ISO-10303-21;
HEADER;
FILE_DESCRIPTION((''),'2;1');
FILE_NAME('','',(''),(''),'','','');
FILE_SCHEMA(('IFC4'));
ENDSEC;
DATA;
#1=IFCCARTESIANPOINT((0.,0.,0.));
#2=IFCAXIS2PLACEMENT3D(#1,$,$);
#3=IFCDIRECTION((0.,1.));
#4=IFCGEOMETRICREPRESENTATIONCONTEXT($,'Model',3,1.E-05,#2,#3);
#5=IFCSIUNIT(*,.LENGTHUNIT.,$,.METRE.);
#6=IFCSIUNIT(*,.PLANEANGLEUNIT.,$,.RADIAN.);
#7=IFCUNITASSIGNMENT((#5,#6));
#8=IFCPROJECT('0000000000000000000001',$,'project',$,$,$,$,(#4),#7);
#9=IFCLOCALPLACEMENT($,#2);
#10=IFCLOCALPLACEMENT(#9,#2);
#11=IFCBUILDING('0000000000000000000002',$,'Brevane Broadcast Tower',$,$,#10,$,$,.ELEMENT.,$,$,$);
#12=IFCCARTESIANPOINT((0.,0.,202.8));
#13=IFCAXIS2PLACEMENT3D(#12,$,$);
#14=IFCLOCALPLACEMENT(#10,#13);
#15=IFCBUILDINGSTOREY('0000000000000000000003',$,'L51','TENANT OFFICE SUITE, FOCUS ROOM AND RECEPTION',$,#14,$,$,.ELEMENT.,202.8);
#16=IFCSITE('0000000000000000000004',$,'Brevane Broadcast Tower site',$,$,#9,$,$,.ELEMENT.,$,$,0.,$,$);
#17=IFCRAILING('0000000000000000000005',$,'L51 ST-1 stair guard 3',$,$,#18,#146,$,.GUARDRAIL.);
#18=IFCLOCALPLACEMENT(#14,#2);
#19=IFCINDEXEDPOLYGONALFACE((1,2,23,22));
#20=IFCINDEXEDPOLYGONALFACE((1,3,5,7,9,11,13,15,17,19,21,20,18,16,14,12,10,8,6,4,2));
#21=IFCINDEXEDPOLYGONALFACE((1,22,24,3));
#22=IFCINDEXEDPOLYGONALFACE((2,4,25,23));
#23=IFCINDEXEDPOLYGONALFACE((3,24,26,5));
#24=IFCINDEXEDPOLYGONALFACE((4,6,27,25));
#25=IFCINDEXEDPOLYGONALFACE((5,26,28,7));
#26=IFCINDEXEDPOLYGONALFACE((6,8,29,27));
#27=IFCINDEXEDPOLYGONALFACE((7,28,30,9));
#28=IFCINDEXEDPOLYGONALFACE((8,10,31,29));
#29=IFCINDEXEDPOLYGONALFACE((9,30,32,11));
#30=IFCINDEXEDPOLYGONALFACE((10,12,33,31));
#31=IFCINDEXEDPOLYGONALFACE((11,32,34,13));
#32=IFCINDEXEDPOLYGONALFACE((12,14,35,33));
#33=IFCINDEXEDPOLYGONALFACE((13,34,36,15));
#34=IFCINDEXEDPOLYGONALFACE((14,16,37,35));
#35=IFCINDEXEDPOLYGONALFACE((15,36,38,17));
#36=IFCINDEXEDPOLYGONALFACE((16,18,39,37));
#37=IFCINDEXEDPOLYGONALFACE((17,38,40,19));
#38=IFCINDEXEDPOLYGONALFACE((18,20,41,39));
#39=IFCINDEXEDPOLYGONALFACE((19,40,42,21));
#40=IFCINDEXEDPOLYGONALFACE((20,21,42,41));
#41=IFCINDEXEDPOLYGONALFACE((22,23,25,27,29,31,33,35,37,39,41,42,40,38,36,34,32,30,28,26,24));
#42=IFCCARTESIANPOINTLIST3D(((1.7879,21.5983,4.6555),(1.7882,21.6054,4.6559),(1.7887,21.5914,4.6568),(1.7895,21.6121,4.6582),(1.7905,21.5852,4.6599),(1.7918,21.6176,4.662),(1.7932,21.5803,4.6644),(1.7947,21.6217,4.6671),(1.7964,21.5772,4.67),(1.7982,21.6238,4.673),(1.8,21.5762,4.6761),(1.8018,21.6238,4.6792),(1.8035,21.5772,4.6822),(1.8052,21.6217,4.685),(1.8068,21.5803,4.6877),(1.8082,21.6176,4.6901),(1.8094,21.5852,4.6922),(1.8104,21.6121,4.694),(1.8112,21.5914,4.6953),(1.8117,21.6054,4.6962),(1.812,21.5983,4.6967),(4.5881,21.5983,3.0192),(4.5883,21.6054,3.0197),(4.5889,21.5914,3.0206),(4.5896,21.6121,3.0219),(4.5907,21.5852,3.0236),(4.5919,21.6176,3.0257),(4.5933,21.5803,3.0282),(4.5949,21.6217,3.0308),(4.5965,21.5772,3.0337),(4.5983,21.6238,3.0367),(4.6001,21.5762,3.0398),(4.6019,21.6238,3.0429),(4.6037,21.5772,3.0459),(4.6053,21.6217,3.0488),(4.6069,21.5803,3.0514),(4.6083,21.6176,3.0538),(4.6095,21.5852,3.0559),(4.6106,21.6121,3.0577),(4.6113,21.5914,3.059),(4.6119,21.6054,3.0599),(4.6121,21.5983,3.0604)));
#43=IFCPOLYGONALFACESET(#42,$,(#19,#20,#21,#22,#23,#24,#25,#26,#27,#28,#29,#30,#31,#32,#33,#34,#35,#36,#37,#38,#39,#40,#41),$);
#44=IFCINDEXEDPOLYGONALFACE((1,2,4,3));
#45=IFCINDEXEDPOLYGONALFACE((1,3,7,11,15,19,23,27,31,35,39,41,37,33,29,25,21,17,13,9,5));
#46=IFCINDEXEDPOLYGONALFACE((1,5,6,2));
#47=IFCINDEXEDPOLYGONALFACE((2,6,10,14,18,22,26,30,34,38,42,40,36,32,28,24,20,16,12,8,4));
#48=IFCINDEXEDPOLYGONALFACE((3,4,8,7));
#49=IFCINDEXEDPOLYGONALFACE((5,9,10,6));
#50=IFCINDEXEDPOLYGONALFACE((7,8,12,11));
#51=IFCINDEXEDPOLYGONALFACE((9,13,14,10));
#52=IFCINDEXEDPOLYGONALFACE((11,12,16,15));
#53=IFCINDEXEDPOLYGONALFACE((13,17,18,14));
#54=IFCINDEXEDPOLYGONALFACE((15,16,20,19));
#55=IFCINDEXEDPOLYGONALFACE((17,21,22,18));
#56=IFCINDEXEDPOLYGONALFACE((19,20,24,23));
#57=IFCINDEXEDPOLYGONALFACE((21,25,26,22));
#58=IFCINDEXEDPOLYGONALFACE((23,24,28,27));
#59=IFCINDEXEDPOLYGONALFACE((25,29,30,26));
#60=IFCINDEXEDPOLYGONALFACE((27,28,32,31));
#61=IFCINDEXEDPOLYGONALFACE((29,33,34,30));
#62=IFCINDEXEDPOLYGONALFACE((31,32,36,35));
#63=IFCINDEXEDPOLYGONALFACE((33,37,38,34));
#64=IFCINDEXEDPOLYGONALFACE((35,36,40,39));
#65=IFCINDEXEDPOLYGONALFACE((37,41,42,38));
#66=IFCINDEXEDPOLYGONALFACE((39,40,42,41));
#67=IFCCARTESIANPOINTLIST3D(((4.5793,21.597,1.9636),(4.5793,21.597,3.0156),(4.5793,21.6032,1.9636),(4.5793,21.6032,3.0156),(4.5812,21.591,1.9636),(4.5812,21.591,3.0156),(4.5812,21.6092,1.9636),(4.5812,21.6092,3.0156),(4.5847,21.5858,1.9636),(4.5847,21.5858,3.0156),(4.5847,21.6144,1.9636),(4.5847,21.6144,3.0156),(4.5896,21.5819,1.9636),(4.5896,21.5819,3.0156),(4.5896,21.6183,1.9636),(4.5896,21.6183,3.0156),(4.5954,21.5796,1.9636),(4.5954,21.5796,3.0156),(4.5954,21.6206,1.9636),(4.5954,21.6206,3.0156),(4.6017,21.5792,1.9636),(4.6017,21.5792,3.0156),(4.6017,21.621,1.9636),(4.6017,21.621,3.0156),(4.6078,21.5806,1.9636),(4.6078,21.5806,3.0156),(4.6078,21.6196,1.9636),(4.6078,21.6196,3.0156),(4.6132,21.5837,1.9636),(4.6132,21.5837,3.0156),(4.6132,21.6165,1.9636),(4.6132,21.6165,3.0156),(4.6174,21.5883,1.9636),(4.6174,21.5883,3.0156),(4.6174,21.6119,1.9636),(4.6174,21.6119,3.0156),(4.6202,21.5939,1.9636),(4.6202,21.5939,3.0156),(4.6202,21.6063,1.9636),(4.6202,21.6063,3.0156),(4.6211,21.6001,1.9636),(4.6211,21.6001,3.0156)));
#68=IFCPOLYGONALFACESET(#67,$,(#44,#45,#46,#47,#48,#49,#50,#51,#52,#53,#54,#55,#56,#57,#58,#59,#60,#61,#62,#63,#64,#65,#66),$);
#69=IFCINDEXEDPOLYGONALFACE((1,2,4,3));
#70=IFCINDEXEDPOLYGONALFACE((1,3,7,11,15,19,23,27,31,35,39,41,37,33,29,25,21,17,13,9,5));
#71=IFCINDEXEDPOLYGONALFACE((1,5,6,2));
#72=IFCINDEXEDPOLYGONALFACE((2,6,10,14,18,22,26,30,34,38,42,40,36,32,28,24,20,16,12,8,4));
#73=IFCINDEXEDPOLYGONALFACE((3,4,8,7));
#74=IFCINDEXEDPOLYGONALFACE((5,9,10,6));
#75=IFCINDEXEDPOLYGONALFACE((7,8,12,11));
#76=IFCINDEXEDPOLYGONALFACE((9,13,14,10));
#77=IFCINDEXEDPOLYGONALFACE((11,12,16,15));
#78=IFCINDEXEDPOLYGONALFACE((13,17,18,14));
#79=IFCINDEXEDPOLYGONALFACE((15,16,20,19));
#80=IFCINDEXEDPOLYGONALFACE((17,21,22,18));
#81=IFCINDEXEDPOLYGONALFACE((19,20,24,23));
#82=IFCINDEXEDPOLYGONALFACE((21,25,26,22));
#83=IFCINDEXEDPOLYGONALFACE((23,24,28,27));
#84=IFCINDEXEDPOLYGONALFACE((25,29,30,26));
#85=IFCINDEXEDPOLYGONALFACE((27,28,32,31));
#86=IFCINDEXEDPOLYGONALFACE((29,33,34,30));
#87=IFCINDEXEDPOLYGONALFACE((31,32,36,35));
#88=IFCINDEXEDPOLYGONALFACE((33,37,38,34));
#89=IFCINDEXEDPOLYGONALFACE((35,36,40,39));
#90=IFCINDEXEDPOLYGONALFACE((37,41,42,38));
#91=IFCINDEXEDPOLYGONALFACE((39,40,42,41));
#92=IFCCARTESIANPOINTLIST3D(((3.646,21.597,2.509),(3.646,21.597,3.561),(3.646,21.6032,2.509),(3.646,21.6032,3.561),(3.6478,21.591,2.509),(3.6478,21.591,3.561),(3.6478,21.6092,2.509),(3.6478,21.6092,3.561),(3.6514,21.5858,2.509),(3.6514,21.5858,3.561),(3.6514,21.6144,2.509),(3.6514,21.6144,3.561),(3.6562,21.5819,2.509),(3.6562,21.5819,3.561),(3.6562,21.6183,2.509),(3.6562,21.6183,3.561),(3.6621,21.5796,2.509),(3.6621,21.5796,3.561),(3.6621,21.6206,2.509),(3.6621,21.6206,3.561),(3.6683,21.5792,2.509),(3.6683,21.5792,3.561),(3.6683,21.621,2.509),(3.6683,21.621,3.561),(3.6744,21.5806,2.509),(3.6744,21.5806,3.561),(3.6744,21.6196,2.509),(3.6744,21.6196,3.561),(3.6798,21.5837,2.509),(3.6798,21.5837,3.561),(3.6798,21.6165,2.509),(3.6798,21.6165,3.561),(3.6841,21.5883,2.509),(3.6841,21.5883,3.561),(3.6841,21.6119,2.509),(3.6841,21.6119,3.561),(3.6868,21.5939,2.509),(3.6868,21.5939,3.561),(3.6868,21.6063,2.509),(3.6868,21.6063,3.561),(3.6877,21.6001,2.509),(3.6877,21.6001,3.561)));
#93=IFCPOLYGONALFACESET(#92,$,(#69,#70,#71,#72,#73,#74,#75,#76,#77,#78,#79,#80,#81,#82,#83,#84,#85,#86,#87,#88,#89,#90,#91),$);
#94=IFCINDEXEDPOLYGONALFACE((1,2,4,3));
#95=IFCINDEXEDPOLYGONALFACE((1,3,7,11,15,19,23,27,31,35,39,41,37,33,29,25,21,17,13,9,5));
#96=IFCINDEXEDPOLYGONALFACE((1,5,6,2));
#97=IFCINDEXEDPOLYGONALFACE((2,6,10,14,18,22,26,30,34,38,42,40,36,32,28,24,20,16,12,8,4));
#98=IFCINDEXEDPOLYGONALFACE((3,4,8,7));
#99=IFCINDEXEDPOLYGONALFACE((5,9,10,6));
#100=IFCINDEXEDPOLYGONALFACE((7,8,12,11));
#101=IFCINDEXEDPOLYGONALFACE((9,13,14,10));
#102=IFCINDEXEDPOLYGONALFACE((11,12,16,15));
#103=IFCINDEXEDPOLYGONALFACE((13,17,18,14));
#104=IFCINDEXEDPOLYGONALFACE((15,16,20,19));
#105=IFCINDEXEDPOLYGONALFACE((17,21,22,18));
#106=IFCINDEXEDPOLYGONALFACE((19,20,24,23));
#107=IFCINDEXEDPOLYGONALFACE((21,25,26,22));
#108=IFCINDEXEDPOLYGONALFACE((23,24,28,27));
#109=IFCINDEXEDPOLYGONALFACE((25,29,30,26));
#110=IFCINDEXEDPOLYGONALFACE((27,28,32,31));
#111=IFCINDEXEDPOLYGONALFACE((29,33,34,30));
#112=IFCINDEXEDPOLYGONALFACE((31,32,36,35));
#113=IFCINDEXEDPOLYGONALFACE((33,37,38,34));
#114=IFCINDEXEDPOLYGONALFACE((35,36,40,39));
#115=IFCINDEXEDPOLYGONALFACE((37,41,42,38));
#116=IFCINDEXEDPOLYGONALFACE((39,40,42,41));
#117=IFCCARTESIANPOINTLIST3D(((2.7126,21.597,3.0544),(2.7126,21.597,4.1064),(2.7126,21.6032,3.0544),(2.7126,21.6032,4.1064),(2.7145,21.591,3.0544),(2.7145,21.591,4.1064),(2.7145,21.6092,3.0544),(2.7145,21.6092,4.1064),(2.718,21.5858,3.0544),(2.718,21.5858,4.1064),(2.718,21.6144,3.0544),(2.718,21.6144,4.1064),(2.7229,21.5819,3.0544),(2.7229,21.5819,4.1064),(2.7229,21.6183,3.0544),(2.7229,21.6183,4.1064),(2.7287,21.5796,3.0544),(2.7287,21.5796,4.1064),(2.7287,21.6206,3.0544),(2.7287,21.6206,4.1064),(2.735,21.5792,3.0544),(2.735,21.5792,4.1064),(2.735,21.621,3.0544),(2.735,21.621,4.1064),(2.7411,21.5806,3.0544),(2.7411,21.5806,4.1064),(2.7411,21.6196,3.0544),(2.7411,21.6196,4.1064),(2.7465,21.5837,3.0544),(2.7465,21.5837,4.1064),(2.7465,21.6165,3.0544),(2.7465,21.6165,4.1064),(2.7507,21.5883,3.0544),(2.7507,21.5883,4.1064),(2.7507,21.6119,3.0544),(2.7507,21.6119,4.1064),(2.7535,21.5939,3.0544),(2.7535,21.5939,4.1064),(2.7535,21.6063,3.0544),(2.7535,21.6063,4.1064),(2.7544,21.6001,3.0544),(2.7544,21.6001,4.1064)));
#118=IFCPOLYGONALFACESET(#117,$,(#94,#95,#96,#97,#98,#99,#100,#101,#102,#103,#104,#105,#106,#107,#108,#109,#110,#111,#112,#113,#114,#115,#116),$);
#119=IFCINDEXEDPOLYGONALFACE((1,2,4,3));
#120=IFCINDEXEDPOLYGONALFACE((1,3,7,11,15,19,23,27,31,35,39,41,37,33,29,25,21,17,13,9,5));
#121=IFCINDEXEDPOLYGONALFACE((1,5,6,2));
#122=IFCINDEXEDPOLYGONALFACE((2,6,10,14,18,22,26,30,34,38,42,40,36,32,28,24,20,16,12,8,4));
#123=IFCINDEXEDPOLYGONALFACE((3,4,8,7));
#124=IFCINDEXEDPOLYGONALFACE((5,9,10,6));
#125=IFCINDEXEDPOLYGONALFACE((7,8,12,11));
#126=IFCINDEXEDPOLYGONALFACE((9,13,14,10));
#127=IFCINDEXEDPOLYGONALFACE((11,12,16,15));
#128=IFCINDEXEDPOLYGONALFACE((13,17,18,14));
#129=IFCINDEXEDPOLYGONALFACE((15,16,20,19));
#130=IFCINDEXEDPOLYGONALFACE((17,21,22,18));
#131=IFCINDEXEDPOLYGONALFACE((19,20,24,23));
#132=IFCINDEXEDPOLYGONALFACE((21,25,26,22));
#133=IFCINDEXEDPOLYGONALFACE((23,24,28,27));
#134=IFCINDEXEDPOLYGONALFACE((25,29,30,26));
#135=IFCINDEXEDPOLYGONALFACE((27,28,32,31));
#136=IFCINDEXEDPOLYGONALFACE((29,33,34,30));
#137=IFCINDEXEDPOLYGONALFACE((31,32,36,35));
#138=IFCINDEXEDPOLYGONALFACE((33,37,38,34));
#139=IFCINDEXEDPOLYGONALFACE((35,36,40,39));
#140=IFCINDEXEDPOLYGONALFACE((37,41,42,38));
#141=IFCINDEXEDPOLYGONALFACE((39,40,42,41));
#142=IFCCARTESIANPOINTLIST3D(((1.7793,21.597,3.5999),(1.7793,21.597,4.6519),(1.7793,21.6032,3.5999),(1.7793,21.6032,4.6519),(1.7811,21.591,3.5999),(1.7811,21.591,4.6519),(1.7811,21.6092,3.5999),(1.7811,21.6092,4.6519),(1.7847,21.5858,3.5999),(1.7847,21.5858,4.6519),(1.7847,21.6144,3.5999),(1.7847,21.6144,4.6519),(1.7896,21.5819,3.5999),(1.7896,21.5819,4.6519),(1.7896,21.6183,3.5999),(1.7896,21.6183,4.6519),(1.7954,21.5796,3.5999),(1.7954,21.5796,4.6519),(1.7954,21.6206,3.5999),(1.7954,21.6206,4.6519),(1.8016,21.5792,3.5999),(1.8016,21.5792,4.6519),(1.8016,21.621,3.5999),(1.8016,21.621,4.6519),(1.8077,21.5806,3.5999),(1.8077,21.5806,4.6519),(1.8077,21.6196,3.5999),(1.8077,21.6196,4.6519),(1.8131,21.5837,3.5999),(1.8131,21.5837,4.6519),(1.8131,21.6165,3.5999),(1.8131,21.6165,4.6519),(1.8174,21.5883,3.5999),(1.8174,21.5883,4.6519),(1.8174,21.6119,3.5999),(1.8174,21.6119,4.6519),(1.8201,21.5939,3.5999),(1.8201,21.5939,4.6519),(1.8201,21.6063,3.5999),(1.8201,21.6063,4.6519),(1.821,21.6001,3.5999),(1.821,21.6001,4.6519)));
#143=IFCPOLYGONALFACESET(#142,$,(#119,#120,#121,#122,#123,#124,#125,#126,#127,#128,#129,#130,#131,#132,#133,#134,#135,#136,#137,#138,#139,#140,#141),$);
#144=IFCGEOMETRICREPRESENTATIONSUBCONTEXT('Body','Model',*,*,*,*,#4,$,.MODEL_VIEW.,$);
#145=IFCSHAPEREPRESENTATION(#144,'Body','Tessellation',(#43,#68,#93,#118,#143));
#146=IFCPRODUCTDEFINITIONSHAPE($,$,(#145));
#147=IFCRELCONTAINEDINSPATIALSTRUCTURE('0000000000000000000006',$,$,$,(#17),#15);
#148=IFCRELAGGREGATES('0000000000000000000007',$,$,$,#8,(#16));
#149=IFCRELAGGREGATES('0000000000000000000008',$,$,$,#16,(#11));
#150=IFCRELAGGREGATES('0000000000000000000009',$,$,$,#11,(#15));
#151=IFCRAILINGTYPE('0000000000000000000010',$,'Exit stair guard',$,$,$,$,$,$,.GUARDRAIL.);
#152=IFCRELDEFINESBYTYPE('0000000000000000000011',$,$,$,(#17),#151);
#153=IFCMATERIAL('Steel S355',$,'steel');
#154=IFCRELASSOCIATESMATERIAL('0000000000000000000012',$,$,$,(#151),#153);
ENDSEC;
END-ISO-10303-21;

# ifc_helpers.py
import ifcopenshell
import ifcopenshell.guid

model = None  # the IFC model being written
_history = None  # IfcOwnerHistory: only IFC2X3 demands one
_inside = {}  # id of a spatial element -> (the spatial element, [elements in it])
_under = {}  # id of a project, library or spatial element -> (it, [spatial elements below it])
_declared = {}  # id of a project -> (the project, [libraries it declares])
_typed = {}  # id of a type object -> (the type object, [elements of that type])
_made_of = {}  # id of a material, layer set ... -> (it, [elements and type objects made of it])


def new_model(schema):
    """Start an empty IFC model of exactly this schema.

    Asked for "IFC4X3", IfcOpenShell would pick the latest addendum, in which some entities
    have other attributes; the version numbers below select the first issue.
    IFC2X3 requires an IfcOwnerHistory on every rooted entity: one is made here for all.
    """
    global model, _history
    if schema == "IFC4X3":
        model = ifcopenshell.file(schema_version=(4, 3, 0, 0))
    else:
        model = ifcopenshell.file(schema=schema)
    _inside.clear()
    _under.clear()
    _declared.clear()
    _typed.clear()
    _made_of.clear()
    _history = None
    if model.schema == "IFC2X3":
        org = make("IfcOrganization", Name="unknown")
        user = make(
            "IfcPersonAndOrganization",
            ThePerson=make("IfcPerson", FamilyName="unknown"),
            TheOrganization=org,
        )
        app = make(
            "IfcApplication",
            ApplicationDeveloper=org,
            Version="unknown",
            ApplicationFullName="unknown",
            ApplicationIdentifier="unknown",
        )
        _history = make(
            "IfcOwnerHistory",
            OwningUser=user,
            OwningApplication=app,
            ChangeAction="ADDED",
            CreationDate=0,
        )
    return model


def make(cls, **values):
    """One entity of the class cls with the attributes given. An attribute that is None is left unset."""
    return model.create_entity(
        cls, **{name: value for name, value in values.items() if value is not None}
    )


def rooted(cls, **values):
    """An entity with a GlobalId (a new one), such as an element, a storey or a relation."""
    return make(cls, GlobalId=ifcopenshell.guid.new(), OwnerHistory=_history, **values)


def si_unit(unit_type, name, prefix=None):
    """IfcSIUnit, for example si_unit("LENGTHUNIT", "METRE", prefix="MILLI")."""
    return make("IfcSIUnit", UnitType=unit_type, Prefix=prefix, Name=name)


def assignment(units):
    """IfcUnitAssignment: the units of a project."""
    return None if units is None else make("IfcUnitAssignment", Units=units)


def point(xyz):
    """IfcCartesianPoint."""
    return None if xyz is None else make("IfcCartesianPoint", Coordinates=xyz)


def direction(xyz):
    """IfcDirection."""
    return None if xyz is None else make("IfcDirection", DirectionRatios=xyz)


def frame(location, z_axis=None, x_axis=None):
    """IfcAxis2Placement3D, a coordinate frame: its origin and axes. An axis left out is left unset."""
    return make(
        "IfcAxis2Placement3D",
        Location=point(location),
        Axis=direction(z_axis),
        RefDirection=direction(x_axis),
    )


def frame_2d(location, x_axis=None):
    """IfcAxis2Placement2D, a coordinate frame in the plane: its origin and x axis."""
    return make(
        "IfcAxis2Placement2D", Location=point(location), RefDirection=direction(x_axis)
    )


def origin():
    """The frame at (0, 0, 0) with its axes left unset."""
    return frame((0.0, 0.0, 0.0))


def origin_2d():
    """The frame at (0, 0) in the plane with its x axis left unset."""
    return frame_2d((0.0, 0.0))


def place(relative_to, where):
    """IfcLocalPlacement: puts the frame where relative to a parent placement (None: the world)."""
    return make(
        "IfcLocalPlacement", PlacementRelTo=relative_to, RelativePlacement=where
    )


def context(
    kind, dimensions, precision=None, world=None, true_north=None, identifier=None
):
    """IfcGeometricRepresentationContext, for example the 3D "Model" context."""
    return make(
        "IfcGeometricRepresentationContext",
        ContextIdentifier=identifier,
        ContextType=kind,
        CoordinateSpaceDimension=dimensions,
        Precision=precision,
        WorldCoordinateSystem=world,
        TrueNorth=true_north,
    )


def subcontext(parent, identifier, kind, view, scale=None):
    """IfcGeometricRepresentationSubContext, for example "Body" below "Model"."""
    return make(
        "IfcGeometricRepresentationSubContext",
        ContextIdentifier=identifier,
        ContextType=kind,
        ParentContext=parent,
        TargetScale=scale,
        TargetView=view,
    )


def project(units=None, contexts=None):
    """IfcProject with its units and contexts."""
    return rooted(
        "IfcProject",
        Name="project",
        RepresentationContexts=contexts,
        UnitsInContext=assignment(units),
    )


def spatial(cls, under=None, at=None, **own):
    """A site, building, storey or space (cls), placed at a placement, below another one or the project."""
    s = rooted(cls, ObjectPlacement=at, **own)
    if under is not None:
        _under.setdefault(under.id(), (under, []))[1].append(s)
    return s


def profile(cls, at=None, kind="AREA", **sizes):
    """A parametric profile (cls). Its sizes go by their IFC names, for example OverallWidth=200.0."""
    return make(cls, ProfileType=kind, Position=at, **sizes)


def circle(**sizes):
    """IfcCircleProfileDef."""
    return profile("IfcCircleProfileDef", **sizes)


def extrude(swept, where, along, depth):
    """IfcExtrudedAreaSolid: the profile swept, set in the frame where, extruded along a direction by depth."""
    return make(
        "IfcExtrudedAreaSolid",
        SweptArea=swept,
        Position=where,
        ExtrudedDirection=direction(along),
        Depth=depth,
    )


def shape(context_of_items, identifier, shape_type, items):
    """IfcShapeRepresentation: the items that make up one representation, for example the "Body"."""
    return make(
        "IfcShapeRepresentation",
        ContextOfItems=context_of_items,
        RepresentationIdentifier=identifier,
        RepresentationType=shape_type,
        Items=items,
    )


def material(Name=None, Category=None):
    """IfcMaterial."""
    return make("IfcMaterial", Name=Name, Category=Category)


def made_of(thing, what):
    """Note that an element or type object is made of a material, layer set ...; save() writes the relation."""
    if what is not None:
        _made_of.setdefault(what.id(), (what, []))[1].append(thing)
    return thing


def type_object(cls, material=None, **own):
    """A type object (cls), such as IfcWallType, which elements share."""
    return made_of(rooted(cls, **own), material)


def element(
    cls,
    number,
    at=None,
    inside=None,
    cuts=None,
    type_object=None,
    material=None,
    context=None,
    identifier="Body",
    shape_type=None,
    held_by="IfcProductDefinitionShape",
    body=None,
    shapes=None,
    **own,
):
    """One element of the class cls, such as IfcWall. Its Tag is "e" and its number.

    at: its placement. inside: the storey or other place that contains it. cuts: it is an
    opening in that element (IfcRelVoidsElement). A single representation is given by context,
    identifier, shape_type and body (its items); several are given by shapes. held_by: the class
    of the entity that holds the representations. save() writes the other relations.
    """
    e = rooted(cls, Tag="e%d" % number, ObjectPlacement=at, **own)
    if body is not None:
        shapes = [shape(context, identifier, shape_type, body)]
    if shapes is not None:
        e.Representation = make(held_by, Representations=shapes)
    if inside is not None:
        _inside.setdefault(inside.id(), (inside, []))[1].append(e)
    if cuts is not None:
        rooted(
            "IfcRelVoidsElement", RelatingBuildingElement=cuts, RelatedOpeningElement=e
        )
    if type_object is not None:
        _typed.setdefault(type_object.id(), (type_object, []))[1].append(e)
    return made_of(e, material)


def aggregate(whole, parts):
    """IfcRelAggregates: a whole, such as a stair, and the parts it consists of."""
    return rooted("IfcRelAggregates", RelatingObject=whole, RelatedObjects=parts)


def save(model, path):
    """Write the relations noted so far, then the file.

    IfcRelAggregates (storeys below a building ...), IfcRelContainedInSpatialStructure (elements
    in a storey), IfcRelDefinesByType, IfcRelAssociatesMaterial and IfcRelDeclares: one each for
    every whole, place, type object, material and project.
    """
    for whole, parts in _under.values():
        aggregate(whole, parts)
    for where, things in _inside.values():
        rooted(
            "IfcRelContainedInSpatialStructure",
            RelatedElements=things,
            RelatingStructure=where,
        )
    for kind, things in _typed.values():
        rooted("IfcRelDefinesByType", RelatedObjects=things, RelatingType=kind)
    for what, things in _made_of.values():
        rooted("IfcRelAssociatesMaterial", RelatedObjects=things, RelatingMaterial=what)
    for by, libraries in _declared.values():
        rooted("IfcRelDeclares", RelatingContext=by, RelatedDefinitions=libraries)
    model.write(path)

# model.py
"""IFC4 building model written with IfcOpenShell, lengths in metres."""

from ifc_helpers import new_model, si_unit, direction, frame, origin, origin_2d, place, context, subcontext, project, spatial, circle, extrude, material, type_object, element, save


model = new_model("IFC4")

# Units and contexts
model_context = context("Model", 3, precision=1e-05, world=origin(), true_north=direction((0.0, 1.0)))
body_context = subcontext(model_context, "Body", "Model", "MODEL_VIEW")
ifc_project = project(units=[si_unit("LENGTHUNIT", "METRE"), si_unit("PLANEANGLEUNIT", "RADIAN")], contexts=[model_context])

# Site, building, storey
site_placement = place(None, origin())
site = spatial("IfcSite", under=ifc_project, at=site_placement, Name="Brevane Broadcast Tower site", CompositionType="ELEMENT", RefElevation=0.0)
building_placement = place(site_placement, origin())
building = spatial("IfcBuilding", under=site, at=building_placement, Name="Brevane Broadcast Tower", CompositionType="ELEMENT")
storey_placement = place(building_placement, frame((0.0, 0.0, 202.8)))
storey = spatial("IfcBuildingStorey", under=building, at=storey_placement, Name="L51", Description="TENANT OFFICE SUITE, FOCUS ROOM AND RECEPTION", CompositionType="ELEMENT", Elevation=202.8)

# Railing
ifc_material_1 = material(Name="Steel S355", Category="steel")
railing_type_1 = type_object("IfcRailingType", Name="Exit stair guard", PredefinedType="GUARDRAIL", material=ifc_material_1)
railing_1_placement = place(storey_placement, frame((4.6001, 21.6001, 1.9636)))
element("IfcRailing", 1, at=railing_1_placement, inside=storey, type_object=railing_type_1, Name="L51 ST-1 stair guard 3", PredefinedType="GUARDRAIL", context=body_context, shape_type="SweptSolid", body=[
    extrude(circle(Radius=0.0239, at=origin_2d()), frame((0.0, 0.0, 1.0762), z_axis=(-0.863394, 0.0, 0.504531), x_axis=(0.0, -1.0, 0.0)), (0.0, 0.0, 1.0), 3.2432),
    extrude(circle(Radius=0.021, at=origin_2d()), origin(), (0.0, 0.0, 1.0), 1.052),
    extrude(circle(Radius=0.021, at=origin_2d()), frame((-0.9333, 0.0, 0.5454)), (0.0, 0.0, 1.0), 1.052),
    extrude(circle(Radius=0.021, at=origin_2d()), frame((-1.8667, 0.0, 1.0908)), (0.0, 0.0, 1.0), 1.052),
    extrude(circle(Radius=0.021, at=origin_2d()), frame((-2.8, 0.0, 1.6362)), (0.0, 0.0, 1.0), 1.052),
])

save(model, "model.ifc")
